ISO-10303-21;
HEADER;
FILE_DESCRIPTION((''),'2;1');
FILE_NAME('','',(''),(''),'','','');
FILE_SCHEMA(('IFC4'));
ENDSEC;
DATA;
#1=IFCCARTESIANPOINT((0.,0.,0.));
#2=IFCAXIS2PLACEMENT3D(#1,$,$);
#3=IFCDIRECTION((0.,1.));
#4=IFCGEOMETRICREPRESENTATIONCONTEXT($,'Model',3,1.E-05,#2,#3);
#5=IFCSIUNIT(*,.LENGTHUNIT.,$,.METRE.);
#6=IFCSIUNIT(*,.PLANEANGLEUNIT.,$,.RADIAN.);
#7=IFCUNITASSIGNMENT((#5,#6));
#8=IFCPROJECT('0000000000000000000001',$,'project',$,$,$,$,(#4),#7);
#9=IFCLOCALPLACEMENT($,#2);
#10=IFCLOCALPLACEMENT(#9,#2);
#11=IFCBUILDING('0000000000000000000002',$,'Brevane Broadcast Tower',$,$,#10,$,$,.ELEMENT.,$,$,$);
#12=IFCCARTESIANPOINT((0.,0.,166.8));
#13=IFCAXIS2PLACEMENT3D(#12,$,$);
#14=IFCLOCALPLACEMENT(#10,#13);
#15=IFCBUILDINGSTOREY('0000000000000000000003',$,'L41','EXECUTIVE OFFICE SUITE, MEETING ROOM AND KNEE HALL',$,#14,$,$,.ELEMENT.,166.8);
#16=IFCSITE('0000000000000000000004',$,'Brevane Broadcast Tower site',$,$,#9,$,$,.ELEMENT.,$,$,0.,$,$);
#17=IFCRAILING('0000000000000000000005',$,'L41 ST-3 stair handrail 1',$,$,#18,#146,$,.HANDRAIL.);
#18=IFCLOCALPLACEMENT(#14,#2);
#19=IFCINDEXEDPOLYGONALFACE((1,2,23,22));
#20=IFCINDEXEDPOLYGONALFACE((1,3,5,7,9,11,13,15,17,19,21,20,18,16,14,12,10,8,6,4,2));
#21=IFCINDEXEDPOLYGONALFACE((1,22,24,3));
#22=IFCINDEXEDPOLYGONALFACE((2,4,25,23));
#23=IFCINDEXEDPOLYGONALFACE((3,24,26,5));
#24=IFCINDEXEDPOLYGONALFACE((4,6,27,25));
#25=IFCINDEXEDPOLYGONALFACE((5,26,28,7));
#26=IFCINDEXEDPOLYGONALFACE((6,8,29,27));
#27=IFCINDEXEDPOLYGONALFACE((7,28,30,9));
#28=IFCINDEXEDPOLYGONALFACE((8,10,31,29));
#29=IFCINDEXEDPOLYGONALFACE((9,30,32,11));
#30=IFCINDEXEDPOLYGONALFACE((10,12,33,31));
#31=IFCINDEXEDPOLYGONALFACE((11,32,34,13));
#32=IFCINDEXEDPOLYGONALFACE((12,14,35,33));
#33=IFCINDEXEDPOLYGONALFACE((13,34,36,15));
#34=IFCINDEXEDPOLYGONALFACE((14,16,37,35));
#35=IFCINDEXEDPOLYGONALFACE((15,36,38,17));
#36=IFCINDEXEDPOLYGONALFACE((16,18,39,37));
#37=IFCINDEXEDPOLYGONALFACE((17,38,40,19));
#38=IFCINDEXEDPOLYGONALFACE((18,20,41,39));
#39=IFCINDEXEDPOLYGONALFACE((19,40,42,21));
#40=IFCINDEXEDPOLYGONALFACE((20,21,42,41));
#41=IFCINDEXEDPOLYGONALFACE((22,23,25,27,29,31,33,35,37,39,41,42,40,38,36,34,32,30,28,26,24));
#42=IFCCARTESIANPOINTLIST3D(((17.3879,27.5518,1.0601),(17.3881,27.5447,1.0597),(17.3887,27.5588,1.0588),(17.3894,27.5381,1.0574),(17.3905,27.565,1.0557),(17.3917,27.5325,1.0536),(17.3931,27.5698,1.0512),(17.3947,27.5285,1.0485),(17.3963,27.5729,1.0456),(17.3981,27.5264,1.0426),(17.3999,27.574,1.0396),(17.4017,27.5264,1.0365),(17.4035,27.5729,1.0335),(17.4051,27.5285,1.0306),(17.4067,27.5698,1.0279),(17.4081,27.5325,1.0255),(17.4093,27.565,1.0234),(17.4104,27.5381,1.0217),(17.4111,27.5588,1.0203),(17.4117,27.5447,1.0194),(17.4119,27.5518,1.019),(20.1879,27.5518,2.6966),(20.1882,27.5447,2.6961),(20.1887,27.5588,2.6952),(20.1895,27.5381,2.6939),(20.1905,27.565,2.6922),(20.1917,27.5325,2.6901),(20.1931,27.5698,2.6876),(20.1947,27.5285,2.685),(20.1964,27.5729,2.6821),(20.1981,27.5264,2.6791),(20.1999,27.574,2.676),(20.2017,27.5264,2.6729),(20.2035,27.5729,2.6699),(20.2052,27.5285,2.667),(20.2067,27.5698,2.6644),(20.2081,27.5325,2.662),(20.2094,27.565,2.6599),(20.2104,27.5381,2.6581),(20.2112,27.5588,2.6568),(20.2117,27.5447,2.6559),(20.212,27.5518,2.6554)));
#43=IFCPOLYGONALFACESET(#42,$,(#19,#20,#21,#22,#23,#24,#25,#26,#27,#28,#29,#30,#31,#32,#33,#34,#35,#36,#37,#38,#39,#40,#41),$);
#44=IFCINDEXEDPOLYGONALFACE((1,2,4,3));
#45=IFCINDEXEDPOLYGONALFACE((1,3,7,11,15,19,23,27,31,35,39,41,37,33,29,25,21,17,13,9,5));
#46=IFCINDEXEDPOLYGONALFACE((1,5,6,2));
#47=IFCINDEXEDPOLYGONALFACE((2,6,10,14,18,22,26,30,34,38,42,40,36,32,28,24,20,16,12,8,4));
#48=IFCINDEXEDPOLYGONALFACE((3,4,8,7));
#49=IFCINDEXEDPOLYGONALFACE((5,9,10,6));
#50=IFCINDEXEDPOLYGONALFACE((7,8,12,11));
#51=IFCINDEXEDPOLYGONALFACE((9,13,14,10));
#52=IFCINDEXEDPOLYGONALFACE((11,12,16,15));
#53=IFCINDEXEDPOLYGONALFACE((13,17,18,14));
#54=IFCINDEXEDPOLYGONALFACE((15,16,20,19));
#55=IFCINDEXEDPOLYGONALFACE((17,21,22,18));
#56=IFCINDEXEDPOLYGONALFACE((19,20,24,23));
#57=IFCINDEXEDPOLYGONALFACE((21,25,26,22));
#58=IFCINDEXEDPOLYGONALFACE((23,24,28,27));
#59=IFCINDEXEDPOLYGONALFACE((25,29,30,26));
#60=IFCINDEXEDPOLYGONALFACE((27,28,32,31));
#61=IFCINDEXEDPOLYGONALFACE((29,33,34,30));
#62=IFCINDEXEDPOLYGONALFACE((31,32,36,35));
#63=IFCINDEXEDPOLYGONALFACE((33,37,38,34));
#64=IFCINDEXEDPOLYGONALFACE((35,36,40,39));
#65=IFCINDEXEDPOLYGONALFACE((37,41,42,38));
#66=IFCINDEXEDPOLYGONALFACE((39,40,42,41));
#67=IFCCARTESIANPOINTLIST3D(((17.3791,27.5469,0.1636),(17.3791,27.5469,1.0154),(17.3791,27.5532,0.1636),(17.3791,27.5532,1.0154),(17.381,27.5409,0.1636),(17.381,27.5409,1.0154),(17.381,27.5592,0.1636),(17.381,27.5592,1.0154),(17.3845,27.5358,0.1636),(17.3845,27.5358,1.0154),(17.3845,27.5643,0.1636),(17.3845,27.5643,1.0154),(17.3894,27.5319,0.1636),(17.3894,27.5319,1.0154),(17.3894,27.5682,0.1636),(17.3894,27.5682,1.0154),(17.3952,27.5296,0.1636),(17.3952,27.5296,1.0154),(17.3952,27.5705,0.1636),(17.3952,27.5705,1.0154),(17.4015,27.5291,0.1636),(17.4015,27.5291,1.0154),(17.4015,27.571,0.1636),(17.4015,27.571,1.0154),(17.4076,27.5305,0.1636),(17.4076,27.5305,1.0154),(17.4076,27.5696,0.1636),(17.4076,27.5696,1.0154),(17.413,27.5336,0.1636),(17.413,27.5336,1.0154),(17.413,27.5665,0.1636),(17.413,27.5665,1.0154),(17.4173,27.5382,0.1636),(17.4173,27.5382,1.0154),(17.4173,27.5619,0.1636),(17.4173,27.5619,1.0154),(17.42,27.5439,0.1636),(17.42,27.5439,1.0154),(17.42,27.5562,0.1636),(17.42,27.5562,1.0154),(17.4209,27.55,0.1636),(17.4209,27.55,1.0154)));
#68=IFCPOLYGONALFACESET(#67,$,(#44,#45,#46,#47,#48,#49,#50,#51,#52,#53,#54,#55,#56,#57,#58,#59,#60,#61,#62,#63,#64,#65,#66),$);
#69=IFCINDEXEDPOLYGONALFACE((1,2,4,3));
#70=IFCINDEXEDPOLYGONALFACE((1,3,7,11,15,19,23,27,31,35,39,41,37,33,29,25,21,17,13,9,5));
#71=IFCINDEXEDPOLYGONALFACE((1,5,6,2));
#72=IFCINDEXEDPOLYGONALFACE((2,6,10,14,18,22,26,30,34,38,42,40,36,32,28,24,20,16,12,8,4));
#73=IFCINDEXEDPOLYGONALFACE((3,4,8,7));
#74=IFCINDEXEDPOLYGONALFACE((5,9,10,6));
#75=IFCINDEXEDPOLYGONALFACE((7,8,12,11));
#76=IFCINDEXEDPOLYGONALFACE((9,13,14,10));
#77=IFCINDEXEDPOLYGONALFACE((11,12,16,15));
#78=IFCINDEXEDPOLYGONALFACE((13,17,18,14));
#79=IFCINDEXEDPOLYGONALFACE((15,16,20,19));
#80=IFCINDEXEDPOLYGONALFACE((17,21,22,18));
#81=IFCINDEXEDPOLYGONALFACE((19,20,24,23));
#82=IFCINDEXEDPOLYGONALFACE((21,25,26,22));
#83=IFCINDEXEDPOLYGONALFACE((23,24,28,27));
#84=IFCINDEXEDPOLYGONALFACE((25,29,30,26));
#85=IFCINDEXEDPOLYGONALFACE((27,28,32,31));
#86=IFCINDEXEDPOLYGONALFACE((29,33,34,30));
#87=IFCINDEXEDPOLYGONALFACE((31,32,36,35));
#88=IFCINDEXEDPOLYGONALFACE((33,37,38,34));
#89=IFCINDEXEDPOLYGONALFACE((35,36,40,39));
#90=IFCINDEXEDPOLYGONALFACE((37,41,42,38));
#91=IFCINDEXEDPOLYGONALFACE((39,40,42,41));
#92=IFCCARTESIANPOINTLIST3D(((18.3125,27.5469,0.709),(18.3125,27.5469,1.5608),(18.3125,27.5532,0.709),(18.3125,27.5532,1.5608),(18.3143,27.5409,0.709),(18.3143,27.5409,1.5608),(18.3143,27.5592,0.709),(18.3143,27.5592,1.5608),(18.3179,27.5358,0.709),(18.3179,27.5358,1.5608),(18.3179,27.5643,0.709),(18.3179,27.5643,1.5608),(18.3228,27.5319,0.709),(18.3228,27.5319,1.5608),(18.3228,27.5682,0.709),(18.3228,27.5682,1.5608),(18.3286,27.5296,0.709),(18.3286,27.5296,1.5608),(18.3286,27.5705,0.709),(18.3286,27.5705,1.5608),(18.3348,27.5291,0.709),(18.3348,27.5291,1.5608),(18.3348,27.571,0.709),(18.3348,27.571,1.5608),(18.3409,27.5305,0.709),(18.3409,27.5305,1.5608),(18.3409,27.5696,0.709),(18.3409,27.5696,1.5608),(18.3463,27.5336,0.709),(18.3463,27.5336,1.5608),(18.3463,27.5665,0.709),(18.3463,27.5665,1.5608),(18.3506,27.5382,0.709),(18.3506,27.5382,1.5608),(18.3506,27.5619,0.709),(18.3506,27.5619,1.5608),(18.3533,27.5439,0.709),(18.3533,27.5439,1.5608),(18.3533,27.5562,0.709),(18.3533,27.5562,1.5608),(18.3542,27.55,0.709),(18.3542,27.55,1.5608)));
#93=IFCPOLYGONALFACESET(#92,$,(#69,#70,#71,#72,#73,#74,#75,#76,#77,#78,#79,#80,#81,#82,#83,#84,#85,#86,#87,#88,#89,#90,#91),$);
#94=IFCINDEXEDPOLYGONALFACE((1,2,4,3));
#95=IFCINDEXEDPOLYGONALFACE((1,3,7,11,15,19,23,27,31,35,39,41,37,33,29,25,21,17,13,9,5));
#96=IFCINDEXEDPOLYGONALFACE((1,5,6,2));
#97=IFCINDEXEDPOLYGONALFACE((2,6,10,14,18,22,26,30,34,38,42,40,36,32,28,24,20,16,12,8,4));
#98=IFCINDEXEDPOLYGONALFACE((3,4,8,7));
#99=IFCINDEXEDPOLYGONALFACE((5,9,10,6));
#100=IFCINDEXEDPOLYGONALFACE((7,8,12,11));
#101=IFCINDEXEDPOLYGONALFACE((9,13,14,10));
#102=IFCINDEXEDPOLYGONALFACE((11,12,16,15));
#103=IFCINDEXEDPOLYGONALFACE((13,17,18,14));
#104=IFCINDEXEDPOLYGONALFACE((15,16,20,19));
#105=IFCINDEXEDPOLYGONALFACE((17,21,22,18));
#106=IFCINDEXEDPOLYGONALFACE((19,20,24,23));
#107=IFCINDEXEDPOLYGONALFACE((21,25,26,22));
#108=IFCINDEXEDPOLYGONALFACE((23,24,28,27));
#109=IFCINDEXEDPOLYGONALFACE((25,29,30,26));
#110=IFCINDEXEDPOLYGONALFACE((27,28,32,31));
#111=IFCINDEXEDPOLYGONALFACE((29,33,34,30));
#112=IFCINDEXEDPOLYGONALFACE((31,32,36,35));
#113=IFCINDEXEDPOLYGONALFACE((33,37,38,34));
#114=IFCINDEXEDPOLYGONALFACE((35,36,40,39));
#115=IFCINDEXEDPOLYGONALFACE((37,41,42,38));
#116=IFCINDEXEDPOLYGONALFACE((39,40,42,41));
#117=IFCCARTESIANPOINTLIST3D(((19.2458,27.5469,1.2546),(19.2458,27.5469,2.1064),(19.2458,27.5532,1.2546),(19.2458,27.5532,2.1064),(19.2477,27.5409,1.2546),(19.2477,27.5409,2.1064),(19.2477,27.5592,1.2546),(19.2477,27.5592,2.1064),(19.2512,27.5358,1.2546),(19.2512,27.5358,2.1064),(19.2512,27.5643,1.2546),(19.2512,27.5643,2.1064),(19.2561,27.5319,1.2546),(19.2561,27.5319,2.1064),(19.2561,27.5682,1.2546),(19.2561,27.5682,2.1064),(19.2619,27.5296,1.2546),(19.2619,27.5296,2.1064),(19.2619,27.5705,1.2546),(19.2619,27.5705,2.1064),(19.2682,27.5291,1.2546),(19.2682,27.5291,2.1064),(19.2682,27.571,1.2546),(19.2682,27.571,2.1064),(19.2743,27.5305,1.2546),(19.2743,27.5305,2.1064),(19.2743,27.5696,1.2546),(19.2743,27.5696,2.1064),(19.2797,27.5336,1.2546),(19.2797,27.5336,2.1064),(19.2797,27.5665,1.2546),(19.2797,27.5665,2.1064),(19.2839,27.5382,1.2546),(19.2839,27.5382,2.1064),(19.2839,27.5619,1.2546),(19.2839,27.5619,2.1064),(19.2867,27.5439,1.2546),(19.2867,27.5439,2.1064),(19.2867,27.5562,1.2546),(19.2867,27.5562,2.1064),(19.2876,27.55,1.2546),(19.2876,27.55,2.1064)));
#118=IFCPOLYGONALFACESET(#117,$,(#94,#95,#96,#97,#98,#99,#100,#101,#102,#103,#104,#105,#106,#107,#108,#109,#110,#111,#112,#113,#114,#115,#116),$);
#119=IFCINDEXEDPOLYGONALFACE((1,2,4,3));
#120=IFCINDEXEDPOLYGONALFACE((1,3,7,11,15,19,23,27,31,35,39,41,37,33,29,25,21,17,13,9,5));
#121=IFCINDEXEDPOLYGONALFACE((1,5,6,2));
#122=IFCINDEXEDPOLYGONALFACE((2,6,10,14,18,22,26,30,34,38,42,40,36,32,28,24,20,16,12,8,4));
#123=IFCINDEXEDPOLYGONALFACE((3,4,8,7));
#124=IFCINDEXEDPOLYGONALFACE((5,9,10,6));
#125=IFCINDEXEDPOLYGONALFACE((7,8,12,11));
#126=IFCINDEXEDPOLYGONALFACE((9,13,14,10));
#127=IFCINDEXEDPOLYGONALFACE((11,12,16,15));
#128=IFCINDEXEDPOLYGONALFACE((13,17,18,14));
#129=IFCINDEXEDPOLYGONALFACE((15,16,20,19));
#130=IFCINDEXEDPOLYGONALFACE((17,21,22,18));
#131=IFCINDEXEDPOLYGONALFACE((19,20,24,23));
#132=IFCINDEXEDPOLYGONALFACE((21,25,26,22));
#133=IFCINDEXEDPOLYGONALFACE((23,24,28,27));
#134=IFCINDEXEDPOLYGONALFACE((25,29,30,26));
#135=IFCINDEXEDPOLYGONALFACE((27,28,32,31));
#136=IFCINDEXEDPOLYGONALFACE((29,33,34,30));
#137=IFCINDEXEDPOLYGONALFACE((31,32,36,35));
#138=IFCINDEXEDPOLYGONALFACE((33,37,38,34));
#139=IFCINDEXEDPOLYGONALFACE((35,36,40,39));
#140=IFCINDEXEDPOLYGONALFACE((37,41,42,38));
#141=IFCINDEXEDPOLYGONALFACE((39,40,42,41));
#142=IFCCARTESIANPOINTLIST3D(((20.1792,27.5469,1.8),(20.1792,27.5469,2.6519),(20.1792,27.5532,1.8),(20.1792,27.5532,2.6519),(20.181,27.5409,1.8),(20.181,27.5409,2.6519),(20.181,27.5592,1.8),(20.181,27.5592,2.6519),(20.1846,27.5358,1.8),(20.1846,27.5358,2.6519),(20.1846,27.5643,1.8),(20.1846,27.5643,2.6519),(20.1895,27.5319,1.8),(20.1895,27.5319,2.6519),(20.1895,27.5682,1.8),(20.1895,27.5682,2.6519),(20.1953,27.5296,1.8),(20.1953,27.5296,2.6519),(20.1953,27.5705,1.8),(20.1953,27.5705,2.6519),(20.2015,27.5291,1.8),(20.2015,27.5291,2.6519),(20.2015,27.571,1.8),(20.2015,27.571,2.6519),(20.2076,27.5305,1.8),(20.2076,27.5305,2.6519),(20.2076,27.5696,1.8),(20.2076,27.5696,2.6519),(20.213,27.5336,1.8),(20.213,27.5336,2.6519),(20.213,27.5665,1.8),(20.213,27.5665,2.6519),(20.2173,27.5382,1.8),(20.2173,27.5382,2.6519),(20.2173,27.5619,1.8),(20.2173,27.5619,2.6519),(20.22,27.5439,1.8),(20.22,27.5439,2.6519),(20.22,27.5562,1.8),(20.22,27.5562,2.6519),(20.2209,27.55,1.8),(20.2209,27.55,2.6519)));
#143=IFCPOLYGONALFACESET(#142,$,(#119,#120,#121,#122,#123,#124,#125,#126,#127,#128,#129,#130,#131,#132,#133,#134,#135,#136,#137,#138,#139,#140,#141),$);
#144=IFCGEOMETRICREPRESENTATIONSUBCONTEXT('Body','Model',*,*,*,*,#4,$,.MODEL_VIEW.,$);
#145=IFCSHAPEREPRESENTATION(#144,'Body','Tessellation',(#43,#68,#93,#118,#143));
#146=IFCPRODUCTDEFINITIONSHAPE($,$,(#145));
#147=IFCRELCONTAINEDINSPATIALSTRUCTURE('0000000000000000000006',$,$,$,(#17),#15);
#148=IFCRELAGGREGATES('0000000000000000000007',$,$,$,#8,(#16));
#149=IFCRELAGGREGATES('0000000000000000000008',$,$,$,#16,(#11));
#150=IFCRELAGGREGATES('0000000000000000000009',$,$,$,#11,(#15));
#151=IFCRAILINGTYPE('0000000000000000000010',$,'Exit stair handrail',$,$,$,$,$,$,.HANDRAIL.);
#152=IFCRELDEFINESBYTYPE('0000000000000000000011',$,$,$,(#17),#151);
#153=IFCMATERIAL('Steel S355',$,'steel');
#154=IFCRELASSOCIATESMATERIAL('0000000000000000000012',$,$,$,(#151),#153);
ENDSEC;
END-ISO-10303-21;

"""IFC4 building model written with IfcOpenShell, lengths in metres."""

from ifc_helpers import new_model, si_unit, direction, frame, origin, origin_2d, place, context, subcontext, project, spatial, circle, extrude, material, type_object, element, save


model = new_model("IFC4")

# Units and contexts
model_context = context("Model", 3, precision=1e-05, world=origin(), true_north=direction((0.0, 1.0)))
body_context = subcontext(model_context, "Body", "Model", "MODEL_VIEW")
ifc_project = project(units=[si_unit("LENGTHUNIT", "METRE"), si_unit("PLANEANGLEUNIT", "RADIAN")], contexts=[model_context])

# Site, building, storey
site_placement = place(None, origin())
site = spatial("IfcSite", under=ifc_project, at=site_placement, Name="Brevane Broadcast Tower site", CompositionType="ELEMENT", RefElevation=0.0)
building_placement = place(site_placement, origin())
building = spatial("IfcBuilding", under=site, at=building_placement, Name="Brevane Broadcast Tower", CompositionType="ELEMENT")
storey_placement = place(building_placement, frame((0.0, 0.0, 166.8)))
storey = spatial("IfcBuildingStorey", under=building, at=storey_placement, Name="L41", Description="EXECUTIVE OFFICE SUITE, MEETING ROOM AND KNEE HALL", CompositionType="ELEMENT", Elevation=166.8)

# Railing
ifc_material_1 = material(Name="Steel S355", Category="steel")
railing_type_1 = type_object("IfcRailingType", Name="Exit stair handrail", PredefinedType="HANDRAIL", material=ifc_material_1)
railing_1_placement = place(storey_placement, frame((17.3999, 27.55, 0.1636)))
element("IfcRailing", 1, at=railing_1_placement, inside=storey, type_object=railing_type_1, Name="L41 ST-3 stair handrail 1", PredefinedType="HANDRAIL", context=body_context, shape_type="SweptSolid", body=[
    extrude(circle(Radius=0.0239, at=origin_2d()), frame((0.0, 0.0, 0.876), z_axis=(0.863361, 0.0, 0.504587), x_axis=(0.0, 1.0, 0.0)), (0.0, 0.0, 1.0), 3.2432),
    extrude(circle(Radius=0.021, at=origin_2d()), origin(), (0.0, 0.0, 1.0), 0.8518),
    extrude(circle(Radius=0.021, at=origin_2d()), frame((0.9333, 0.0, 0.5454)), (0.0, 0.0, 1.0), 0.8518),
    extrude(circle(Radius=0.021, at=origin_2d()), frame((1.8667, 0.0, 1.0911)), (0.0, 0.0, 1.0), 0.8518),
    extrude(circle(Radius=0.021, at=origin_2d()), frame((2.8, 0.0, 1.6365)), (0.0, 0.0, 1.0), 0.8518),
])

save(model, "model.ifc")
